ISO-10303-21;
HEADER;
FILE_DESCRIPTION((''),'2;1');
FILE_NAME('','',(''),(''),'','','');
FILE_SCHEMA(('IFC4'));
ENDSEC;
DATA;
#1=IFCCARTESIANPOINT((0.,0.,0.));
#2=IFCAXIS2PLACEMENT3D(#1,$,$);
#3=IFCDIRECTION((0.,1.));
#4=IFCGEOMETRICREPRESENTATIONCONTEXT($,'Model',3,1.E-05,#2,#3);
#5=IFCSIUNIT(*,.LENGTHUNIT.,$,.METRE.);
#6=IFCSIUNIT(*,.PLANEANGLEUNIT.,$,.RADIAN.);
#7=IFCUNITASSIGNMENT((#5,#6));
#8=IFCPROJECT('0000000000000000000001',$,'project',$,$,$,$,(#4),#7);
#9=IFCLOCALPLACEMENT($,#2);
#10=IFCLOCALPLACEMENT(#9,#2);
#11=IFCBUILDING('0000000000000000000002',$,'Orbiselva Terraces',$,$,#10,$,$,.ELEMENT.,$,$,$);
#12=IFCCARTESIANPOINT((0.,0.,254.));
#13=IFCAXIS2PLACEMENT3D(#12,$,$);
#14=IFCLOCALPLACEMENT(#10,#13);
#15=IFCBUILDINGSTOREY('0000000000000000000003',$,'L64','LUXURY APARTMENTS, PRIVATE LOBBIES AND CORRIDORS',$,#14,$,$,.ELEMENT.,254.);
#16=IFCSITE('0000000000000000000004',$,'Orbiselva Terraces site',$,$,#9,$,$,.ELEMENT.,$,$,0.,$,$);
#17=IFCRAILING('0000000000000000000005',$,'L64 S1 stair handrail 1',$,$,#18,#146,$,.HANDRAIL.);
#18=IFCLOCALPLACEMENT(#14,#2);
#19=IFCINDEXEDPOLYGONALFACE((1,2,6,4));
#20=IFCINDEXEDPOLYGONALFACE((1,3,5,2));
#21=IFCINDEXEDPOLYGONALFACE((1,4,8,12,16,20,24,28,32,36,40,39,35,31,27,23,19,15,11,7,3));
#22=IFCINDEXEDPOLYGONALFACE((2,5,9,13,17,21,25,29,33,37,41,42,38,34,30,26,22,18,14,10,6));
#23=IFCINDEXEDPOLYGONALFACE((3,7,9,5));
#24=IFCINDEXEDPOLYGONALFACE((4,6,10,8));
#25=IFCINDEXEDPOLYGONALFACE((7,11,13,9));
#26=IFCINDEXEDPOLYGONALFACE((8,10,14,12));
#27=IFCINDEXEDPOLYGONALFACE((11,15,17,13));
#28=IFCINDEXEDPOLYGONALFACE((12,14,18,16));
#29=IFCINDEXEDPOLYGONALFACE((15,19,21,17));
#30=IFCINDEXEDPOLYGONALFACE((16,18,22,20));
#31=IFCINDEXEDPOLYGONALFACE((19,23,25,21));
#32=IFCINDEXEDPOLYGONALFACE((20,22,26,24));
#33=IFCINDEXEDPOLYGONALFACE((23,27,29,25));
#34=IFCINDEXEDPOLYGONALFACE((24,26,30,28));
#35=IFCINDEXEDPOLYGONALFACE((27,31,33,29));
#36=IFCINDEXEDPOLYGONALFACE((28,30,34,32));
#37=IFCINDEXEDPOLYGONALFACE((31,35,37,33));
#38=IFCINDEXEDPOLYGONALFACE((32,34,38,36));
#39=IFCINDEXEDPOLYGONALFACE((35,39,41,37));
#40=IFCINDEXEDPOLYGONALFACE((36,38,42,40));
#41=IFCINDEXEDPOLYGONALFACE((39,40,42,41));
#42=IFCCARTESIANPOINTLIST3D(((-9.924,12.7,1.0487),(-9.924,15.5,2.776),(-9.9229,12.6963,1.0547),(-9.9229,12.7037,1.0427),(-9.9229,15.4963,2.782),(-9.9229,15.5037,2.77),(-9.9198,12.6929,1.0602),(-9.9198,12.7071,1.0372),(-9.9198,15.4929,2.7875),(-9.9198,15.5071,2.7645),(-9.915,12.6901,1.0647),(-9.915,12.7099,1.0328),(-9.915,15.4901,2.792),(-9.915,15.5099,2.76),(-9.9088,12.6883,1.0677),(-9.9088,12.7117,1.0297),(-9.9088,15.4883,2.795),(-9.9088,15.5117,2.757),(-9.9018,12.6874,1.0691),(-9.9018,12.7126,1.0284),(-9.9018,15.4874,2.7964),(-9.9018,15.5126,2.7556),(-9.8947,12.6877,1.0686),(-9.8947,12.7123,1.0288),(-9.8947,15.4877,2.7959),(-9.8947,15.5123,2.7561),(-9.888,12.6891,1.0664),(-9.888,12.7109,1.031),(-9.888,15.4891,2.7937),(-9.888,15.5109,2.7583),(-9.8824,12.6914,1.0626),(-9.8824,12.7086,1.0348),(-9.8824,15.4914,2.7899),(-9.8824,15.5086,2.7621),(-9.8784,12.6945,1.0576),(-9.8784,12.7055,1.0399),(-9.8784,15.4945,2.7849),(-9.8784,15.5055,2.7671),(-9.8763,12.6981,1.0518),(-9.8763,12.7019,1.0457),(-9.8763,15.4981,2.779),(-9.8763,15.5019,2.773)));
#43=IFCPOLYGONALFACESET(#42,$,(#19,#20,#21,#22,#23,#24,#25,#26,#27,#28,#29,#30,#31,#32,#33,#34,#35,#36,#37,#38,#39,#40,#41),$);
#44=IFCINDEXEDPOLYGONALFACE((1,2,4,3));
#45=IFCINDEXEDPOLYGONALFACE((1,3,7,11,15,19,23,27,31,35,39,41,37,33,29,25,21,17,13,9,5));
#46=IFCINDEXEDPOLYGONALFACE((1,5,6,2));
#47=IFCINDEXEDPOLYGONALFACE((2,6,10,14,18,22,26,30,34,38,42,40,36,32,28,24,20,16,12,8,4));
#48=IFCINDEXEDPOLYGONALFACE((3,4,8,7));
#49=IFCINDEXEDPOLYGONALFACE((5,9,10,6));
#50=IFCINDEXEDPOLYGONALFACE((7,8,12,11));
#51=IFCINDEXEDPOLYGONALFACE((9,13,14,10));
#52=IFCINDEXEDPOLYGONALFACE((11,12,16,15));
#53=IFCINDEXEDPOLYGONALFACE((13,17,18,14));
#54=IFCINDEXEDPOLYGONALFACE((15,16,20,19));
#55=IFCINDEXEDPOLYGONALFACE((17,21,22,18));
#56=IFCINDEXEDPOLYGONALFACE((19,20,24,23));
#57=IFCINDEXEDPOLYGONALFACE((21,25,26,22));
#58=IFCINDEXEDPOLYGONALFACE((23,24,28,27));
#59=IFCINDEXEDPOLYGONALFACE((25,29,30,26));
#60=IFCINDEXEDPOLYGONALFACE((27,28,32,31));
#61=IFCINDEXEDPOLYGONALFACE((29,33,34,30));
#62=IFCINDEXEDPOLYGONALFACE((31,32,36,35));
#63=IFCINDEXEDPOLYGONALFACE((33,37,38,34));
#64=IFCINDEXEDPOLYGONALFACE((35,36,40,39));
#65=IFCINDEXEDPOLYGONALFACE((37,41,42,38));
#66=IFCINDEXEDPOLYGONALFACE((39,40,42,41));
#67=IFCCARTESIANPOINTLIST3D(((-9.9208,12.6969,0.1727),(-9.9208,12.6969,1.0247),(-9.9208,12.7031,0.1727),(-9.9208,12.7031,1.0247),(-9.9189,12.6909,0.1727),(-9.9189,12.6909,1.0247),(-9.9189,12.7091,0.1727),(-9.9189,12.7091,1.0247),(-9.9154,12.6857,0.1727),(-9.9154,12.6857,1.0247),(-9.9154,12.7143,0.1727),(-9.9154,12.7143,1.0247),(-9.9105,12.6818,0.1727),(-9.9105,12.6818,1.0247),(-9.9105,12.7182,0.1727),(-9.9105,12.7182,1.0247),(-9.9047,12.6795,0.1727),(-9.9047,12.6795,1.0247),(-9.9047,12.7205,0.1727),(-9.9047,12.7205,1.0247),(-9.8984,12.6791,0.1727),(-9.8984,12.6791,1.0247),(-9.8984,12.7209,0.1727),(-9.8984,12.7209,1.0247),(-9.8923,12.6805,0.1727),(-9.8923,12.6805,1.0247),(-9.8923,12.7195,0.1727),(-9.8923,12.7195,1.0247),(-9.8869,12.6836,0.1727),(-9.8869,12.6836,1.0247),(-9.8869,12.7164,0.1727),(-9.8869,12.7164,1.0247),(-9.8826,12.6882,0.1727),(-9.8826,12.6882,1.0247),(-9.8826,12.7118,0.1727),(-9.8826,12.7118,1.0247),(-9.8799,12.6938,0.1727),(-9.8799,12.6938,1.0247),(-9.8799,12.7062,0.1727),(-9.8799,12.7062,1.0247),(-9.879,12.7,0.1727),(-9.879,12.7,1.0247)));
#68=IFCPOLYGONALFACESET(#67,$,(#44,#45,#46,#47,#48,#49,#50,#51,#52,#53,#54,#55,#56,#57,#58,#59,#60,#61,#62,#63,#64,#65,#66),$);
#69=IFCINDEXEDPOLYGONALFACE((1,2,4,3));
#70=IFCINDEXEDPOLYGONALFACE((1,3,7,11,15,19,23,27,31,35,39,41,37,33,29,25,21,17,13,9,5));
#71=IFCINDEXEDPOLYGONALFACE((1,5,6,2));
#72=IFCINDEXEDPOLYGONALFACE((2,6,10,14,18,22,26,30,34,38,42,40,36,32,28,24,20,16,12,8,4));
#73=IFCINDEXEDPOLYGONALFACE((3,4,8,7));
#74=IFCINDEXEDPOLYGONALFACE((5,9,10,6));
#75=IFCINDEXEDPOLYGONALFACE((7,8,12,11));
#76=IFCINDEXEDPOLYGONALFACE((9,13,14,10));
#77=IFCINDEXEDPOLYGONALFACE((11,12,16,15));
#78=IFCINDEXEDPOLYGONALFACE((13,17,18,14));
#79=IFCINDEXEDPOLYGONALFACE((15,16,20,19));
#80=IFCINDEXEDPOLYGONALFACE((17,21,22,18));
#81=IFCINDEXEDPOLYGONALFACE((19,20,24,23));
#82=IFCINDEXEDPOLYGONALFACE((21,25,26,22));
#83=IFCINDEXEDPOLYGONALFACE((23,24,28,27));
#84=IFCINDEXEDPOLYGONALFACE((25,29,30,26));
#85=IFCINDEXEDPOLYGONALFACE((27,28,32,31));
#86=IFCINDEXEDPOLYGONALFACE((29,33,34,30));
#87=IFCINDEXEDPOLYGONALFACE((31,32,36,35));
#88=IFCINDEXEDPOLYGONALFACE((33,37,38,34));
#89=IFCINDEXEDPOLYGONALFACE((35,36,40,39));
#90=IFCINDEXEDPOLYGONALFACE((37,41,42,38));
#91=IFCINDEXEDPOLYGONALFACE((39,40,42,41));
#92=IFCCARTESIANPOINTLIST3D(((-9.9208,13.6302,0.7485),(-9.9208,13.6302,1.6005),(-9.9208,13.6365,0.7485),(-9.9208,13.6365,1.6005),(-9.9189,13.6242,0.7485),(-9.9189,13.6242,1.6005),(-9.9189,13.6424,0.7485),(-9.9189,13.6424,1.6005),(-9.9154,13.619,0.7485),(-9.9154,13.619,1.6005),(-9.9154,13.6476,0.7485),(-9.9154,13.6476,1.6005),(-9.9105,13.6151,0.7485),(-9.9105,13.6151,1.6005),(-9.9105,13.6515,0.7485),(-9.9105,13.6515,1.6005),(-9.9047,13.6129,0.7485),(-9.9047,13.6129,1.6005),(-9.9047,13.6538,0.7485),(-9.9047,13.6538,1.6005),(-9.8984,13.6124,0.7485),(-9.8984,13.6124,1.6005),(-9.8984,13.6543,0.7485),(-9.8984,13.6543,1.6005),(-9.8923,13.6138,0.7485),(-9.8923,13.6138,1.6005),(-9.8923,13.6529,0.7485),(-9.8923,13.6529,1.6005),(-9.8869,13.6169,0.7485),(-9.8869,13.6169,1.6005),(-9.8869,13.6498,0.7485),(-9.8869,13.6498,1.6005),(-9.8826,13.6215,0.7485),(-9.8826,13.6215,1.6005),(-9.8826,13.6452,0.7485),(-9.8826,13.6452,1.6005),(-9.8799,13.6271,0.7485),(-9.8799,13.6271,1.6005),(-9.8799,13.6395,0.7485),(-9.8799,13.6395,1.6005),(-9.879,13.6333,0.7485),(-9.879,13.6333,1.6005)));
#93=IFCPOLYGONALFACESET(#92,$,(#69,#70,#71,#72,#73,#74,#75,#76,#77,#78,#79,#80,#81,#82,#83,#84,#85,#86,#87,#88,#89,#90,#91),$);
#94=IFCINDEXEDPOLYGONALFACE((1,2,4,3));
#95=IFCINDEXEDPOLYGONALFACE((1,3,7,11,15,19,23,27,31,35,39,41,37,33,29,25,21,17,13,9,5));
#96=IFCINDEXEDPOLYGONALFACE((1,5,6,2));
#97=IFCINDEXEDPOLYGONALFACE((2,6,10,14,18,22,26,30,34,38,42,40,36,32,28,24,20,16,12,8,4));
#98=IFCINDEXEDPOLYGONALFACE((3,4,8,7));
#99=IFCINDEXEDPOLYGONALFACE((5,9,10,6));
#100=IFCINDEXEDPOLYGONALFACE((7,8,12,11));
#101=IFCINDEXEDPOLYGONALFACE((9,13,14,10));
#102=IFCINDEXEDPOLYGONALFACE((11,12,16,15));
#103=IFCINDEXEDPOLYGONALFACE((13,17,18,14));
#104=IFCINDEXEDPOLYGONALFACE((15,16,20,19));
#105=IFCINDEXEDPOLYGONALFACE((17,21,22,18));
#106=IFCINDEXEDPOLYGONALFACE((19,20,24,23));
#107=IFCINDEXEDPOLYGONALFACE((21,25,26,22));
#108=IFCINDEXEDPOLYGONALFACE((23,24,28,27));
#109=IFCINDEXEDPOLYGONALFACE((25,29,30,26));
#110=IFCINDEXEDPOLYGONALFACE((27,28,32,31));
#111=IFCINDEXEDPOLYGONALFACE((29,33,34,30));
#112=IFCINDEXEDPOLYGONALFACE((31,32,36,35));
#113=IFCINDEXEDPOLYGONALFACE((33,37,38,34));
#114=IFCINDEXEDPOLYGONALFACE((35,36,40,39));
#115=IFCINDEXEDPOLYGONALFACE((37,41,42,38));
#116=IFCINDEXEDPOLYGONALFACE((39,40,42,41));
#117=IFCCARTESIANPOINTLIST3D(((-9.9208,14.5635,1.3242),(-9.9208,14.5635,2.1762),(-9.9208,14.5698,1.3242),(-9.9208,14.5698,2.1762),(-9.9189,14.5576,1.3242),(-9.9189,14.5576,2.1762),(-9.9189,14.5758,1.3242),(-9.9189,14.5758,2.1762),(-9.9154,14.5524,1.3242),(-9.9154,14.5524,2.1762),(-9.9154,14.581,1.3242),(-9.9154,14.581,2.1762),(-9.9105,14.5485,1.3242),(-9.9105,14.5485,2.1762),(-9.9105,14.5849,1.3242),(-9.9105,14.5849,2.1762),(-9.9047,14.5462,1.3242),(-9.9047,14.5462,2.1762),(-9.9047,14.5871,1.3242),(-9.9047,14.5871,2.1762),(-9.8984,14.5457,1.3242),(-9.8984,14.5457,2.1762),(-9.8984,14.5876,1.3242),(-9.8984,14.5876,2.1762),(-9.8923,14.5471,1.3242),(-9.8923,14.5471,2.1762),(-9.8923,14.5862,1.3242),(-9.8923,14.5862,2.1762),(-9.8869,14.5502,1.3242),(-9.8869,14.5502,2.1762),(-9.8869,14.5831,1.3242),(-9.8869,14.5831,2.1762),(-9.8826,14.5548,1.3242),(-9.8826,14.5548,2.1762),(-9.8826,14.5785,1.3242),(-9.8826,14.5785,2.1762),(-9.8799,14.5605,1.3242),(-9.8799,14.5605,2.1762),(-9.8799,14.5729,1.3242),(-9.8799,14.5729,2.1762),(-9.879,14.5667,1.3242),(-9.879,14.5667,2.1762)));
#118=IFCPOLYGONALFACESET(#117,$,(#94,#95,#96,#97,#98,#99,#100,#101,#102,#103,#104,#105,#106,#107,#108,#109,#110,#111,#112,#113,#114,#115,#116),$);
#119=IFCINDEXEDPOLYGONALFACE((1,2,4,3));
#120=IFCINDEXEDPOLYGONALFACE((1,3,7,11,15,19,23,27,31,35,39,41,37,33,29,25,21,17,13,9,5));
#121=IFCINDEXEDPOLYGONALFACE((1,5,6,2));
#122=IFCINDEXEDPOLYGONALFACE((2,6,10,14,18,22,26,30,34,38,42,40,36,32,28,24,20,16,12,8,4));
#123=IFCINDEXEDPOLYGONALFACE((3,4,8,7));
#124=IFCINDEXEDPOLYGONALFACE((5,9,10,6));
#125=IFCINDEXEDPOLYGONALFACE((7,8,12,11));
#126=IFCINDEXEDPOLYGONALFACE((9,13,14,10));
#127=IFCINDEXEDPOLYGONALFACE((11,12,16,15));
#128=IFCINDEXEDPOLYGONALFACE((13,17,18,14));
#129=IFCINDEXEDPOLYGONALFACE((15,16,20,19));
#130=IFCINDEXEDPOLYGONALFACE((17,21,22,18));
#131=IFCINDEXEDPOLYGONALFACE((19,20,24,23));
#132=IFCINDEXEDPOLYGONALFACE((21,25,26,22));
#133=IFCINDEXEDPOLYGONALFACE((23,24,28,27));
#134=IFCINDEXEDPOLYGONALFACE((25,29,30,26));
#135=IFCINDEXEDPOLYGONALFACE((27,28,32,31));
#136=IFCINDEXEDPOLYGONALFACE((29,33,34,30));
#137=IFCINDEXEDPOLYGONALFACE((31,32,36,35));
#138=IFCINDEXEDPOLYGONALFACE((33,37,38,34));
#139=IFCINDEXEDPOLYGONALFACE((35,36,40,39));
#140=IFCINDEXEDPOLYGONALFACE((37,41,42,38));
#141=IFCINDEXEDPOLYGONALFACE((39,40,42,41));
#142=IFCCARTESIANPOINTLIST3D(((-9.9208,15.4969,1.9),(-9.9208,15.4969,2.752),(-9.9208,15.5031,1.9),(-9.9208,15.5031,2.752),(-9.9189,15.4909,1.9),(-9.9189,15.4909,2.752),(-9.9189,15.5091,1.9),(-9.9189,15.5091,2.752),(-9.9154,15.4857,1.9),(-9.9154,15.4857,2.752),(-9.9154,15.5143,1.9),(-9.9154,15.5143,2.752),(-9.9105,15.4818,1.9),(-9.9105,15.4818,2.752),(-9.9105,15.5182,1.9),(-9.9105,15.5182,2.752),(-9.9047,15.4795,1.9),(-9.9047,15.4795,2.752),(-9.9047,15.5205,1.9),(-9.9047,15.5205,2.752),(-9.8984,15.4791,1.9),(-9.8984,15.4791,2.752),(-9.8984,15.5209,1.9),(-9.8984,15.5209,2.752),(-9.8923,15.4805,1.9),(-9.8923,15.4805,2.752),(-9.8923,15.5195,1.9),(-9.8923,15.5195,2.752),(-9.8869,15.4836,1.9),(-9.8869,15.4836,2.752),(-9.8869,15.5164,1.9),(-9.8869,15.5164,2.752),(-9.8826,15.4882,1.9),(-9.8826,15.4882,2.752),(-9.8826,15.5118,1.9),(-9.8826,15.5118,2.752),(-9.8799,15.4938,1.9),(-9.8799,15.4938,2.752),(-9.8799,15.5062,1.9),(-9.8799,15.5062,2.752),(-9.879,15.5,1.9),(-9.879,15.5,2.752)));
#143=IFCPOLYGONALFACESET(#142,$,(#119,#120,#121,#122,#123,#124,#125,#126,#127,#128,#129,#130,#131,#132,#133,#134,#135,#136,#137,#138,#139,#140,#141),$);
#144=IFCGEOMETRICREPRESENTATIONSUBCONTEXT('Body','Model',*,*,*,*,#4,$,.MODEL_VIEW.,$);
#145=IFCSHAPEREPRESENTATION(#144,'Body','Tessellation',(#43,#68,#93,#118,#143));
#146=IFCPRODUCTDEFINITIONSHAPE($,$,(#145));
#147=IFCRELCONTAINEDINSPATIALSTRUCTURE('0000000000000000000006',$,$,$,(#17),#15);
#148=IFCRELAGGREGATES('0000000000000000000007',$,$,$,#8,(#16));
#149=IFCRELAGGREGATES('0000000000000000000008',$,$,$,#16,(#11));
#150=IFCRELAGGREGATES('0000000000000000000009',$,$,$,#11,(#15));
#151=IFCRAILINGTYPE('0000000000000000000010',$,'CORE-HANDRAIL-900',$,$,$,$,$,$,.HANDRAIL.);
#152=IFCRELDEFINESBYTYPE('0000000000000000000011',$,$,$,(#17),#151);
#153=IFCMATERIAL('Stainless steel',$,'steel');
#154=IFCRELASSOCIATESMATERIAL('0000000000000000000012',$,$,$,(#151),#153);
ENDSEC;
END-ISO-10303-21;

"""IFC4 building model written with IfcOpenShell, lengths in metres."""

from ifc_helpers import new_model, si_unit, direction, frame, origin, origin_2d, place, context, subcontext, project, spatial, circle, extrude, material, type_object, element, save


model = new_model("IFC4")

# Units and contexts
model_context = context("Model", 3, precision=1e-05, world=origin(), true_north=direction((0.0, 1.0)))
body_context = subcontext(model_context, "Body", "Model", "MODEL_VIEW")
ifc_project = project(units=[si_unit("LENGTHUNIT", "METRE"), si_unit("PLANEANGLEUNIT", "RADIAN")], contexts=[model_context])

# Site, building, storey
site_placement = place(None, origin())
site = spatial("IfcSite", under=ifc_project, at=site_placement, Name="Orbiselva Terraces site", CompositionType="ELEMENT", RefElevation=0.0)
building_placement = place(site_placement, origin())
building = spatial("IfcBuilding", under=site, at=building_placement, Name="Orbiselva Terraces", CompositionType="ELEMENT")
storey_placement = place(building_placement, frame((0.0, 0.0, 254.0)))
storey = spatial("IfcBuildingStorey", under=building, at=storey_placement, Name="L64", Description="LUXURY APARTMENTS, PRIVATE LOBBIES AND CORRIDORS", CompositionType="ELEMENT", Elevation=254.0)

# Railing
ifc_material_1 = material(Name="Stainless steel", Category="steel")
railing_type_1 = type_object("IfcRailingType", Name="CORE-HANDRAIL-900", PredefinedType="HANDRAIL", material=ifc_material_1)
railing_1_placement = place(storey_placement, frame((-9.9, 12.7, 0.1727)))
element("IfcRailing", 1, at=railing_1_placement, inside=storey, type_object=railing_type_1, Name="L64 S1 stair handrail 1", PredefinedType="HANDRAIL", context=body_context, shape_type="SweptSolid", body=[
    extrude(circle(Radius=0.024, at=origin_2d()), frame((0.0, 0.0, 0.876), z_axis=(0.0, 0.851089, 0.525022), x_axis=(-1.0, 0.0, 0.0)), (0.0, 0.0, 1.0), 3.2899),
    extrude(circle(Radius=0.021, at=origin_2d()), origin(), (0.0, 0.0, 1.0), 0.852),
    extrude(circle(Radius=0.021, at=origin_2d()), frame((0.0, 0.9333, 0.5758)), (0.0, 0.0, 1.0), 0.852),
    extrude(circle(Radius=0.021, at=origin_2d()), frame((0.0, 1.8667, 1.1515)), (0.0, 0.0, 1.0), 0.852),
    extrude(circle(Radius=0.021, at=origin_2d()), frame((0.0, 2.8, 1.7273)), (0.0, 0.0, 1.0), 0.852),
])

save(model, "model.ifc")
